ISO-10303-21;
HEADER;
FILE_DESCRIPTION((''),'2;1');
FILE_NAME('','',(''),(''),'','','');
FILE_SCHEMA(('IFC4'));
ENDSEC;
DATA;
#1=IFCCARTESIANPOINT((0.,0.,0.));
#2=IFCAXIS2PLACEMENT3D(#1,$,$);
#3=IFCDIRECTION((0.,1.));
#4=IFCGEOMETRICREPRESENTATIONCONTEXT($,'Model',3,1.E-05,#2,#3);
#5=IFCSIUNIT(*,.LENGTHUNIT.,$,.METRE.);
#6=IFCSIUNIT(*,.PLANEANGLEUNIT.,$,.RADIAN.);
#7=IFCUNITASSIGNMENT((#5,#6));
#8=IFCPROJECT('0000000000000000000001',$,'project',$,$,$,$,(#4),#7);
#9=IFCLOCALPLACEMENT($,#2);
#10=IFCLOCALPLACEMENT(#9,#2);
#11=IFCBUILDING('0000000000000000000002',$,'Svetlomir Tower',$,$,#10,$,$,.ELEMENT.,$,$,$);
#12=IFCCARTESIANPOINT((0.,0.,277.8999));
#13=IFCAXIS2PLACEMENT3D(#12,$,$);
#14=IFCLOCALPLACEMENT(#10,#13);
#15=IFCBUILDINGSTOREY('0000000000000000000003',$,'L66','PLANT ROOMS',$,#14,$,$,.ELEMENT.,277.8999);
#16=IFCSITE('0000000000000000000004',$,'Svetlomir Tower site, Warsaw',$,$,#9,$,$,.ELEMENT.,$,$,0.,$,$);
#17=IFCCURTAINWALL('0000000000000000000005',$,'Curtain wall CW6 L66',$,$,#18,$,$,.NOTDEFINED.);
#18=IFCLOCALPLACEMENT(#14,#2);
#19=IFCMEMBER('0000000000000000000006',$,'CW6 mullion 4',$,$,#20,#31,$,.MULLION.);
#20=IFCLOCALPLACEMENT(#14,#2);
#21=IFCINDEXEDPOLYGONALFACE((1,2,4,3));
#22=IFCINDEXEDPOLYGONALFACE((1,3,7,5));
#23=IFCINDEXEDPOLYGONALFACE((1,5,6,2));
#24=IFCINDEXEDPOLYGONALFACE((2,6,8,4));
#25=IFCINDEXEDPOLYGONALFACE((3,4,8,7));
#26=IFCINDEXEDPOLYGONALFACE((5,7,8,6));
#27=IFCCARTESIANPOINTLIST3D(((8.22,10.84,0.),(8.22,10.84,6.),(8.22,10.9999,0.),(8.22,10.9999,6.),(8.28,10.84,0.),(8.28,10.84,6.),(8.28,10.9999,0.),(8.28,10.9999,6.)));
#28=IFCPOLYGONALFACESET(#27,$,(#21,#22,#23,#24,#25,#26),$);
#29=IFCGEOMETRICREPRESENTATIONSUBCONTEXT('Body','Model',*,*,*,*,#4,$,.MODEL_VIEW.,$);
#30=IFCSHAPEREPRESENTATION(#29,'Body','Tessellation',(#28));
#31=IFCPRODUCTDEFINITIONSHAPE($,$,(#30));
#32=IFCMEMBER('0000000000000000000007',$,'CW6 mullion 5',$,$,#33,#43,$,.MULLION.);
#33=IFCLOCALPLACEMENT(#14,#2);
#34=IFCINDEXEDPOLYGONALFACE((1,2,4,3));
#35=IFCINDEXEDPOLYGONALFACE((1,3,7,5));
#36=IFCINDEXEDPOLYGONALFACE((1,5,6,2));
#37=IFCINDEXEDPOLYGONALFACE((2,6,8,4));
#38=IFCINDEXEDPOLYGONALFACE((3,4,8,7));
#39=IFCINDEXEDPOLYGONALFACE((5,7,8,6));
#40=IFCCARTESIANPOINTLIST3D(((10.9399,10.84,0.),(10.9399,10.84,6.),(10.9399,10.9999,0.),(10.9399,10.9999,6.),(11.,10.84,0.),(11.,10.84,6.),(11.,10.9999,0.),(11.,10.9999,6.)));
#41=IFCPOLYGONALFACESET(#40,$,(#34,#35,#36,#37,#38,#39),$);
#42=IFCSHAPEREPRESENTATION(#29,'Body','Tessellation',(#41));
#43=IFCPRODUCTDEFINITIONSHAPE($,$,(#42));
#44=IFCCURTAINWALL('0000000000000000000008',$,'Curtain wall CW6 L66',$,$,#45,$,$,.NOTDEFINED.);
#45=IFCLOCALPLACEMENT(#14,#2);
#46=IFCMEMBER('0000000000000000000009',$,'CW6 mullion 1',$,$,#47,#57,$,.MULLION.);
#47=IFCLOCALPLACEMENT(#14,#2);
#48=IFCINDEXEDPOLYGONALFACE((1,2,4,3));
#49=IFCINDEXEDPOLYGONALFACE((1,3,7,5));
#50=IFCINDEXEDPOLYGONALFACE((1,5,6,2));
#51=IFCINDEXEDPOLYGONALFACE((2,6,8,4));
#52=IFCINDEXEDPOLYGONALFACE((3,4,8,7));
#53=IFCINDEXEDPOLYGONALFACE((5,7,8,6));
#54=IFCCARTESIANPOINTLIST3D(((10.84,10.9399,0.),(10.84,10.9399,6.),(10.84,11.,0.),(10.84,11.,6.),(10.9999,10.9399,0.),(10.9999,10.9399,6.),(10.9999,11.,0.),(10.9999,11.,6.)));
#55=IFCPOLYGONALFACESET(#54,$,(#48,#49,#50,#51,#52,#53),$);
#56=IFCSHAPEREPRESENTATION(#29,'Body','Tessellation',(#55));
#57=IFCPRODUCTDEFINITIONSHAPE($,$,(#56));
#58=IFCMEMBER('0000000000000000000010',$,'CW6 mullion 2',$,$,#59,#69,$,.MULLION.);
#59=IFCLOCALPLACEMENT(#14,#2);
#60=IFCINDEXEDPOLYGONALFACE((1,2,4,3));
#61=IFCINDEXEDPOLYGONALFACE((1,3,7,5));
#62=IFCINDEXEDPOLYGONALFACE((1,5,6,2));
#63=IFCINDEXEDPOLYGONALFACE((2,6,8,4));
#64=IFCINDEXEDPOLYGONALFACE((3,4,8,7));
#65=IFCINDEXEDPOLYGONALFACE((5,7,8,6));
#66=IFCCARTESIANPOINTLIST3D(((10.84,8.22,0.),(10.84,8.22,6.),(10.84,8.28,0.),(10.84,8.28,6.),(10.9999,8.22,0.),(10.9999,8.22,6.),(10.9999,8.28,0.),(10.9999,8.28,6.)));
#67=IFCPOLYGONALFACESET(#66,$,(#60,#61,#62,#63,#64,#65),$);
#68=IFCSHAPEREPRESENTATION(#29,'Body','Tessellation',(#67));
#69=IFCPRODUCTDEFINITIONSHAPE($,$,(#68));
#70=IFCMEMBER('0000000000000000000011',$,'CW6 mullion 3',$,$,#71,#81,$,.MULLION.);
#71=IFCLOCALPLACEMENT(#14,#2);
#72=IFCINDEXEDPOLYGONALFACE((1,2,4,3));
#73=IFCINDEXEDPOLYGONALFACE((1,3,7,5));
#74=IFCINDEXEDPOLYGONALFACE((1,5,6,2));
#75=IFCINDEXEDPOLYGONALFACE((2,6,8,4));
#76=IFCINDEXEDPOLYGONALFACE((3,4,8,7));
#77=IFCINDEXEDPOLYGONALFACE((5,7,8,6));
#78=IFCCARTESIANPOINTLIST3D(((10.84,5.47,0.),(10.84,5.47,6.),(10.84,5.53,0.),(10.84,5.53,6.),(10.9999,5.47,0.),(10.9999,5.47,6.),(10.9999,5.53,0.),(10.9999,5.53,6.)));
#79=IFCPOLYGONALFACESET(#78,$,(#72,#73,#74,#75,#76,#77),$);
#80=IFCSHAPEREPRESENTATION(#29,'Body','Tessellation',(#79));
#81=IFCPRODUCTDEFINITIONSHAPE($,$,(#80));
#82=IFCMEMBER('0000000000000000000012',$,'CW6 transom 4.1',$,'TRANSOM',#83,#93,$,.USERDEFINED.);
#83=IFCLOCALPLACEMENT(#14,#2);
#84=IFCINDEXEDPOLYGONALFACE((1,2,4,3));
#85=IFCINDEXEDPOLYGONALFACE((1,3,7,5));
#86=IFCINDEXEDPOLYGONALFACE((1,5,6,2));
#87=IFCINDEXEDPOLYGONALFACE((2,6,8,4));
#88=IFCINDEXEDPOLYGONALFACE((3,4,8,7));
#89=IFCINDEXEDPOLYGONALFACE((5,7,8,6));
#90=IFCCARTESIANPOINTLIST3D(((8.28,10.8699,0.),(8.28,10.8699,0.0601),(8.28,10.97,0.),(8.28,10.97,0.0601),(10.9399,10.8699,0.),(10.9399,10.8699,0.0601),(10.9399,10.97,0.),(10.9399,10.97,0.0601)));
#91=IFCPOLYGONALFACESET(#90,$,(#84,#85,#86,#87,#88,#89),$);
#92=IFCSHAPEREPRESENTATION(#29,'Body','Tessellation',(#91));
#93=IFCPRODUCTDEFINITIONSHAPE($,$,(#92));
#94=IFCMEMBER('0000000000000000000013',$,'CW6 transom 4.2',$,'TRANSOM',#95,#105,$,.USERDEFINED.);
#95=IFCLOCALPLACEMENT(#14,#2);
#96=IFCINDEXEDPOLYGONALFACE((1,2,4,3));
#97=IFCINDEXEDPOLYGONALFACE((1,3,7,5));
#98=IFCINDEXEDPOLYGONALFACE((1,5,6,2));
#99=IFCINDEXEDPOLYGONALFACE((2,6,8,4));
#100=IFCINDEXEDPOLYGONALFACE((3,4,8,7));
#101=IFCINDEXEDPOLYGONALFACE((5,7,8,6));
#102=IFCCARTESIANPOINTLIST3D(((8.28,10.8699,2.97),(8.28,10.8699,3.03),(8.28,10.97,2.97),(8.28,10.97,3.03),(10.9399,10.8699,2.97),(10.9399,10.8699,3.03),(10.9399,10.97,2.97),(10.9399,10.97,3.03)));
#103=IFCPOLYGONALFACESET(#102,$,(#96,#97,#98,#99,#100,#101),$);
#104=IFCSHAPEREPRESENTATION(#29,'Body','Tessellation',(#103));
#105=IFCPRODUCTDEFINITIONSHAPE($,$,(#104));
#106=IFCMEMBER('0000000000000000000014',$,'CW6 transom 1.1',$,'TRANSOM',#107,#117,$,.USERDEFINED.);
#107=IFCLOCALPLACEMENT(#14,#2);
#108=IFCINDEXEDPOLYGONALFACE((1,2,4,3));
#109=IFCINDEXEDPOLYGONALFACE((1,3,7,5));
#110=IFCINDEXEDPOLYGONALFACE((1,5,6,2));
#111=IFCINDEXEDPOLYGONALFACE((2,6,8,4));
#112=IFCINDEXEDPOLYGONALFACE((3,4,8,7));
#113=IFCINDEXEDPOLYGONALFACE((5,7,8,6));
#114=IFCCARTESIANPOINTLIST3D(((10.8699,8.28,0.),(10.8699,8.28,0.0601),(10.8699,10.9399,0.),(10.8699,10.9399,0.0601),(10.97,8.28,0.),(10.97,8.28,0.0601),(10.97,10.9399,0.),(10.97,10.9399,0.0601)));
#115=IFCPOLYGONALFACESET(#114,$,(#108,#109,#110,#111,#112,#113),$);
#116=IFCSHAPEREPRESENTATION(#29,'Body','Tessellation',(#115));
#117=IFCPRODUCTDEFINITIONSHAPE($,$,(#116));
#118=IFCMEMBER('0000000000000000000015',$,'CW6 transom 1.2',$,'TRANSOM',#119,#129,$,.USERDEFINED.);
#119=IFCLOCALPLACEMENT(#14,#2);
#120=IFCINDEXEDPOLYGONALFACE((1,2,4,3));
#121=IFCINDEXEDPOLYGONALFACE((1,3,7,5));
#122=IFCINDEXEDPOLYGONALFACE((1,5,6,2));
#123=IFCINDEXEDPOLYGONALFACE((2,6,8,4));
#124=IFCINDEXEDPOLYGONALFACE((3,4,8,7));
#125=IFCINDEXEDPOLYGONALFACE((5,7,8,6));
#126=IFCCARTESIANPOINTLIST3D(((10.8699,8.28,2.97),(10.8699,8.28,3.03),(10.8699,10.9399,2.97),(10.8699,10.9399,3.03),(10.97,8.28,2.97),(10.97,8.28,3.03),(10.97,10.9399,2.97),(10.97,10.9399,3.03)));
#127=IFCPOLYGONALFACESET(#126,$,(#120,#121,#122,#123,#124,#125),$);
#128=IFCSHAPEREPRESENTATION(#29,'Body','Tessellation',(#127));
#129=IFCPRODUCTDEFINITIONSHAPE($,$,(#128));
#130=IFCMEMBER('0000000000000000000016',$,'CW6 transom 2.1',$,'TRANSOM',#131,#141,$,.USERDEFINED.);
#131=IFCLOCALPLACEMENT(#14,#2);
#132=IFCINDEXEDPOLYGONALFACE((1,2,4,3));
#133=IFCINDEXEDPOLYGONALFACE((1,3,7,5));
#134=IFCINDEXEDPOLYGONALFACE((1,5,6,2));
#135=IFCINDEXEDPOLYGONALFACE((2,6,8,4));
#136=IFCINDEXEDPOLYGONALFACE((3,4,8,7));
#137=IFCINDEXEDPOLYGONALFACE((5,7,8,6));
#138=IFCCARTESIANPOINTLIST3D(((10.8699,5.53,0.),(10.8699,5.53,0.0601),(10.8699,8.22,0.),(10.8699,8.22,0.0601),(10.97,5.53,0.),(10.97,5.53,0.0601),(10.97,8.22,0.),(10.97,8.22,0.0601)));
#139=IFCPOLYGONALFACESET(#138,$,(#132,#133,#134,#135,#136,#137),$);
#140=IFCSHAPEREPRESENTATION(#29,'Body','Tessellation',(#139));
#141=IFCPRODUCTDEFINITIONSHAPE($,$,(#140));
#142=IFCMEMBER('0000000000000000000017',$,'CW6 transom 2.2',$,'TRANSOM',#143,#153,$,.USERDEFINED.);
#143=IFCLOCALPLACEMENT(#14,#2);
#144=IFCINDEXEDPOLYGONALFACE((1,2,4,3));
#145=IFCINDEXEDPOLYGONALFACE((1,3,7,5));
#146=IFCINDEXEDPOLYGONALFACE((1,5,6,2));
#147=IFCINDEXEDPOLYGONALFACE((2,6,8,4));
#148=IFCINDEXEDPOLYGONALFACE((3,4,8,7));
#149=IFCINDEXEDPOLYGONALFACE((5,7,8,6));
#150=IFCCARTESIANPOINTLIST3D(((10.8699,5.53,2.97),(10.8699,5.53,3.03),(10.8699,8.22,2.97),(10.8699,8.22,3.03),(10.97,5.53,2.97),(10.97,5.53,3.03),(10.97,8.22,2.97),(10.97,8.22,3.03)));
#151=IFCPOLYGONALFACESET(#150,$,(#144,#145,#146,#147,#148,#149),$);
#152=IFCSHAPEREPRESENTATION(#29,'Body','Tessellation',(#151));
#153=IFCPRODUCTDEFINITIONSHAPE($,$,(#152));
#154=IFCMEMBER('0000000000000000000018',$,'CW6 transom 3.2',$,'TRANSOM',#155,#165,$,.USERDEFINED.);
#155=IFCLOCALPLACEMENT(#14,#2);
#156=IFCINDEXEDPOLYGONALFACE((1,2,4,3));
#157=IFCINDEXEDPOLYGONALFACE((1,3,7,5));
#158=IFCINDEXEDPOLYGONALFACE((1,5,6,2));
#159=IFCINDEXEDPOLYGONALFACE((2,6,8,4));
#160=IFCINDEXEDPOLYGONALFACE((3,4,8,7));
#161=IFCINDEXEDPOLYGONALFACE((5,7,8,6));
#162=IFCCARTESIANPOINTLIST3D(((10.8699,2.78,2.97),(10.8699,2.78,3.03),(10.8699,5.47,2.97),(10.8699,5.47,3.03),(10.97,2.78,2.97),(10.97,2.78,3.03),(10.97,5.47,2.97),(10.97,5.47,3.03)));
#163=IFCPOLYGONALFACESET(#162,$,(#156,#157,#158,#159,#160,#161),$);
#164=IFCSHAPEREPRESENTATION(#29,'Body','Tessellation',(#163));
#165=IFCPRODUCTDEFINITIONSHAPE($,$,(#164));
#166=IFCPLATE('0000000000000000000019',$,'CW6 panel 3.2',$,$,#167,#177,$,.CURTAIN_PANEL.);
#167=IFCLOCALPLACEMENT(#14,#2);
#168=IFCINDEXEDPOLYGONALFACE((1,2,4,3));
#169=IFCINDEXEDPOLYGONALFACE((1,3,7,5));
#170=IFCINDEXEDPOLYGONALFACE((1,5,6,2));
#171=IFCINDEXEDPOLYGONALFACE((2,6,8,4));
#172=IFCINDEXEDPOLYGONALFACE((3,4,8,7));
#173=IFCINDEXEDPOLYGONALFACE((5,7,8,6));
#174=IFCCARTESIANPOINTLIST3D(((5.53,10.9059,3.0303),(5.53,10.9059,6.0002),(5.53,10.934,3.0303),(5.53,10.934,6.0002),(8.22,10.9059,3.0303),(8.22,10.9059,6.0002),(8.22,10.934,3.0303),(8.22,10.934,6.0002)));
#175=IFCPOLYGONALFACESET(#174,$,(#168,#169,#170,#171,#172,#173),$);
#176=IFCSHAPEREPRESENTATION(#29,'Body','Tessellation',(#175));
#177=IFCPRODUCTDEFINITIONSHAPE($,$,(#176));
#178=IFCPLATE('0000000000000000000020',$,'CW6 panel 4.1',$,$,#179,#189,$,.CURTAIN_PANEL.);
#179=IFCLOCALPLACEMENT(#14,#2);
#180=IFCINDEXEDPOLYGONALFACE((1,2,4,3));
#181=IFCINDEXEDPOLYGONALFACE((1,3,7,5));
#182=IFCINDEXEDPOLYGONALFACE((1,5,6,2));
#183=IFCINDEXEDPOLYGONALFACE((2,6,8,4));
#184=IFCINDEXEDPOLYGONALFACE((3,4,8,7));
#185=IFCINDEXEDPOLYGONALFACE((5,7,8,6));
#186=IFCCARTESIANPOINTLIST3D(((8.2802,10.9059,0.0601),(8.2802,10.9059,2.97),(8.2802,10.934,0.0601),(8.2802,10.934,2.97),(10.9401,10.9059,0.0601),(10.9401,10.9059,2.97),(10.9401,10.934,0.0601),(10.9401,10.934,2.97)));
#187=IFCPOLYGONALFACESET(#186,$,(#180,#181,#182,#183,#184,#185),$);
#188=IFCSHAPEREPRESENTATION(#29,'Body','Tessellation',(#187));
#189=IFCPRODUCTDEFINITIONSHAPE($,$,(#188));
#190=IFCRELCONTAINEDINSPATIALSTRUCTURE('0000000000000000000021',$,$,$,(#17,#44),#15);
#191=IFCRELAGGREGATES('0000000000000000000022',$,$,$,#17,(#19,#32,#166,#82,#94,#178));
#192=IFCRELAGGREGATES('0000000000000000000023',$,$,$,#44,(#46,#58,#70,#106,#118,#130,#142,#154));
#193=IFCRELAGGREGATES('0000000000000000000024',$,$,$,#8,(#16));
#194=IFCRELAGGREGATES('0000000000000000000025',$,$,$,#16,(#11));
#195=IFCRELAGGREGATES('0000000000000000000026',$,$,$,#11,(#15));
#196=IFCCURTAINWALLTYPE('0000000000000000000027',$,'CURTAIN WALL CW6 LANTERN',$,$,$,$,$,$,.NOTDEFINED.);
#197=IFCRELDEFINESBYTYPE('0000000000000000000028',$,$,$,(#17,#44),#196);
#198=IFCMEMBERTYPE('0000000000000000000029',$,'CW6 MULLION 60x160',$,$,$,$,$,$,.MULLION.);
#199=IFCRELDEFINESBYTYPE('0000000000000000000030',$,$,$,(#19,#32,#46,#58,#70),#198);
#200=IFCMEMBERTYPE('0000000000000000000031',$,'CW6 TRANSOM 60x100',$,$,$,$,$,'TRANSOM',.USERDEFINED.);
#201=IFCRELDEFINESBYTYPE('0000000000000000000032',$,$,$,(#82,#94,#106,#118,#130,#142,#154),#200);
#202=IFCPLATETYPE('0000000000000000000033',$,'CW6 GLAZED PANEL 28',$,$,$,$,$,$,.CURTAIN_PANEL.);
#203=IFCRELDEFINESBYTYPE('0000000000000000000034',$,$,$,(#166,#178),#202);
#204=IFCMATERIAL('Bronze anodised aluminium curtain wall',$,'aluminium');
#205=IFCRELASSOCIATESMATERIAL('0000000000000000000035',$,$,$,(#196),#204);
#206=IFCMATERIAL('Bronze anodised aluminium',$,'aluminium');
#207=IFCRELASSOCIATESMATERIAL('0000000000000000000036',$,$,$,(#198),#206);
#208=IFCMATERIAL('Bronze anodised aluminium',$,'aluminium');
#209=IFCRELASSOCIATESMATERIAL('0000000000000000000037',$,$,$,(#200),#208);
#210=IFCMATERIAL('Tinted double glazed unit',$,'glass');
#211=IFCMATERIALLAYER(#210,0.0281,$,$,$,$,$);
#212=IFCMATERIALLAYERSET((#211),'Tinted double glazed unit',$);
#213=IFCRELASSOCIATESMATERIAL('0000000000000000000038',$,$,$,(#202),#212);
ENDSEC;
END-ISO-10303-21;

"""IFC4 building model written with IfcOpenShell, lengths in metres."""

from ifc_helpers import new_model, si_unit, direction, frame, origin, origin_2d, place, context, subcontext, project, spatial, rectangle, extrude, material, layer, layer_set, material_profile, profile_set, type_object, element, aggregate, save


model = new_model("IFC4")

# Units and contexts
model_context = context("Model", 3, precision=1e-05, world=origin(), true_north=direction((0.0, 1.0)))
body_context = subcontext(model_context, "Body", "Model", "MODEL_VIEW")
ifc_project = project(units=[si_unit("LENGTHUNIT", "METRE"), si_unit("PLANEANGLEUNIT", "RADIAN")], contexts=[model_context])

# Site, building, storey
site_placement = place(None, origin())
site = spatial("IfcSite", under=ifc_project, at=site_placement, Name="Svetlomir Tower site, Warsaw", CompositionType="ELEMENT", RefElevation=0.0)
building_placement = place(site_placement, origin())
building = spatial("IfcBuilding", under=site, at=building_placement, Name="Svetlomir Tower", CompositionType="ELEMENT")
storey_placement = place(building_placement, frame((0.0, 0.0, 277.8999)))
storey = spatial("IfcBuildingStorey", under=building, at=storey_placement, Name="L66", Description="PLANT ROOMS", CompositionType="ELEMENT", Elevation=277.8999)

# Curtain walls, members
ifc_material_1 = material(Name="Bronze anodised aluminium curtain wall", Category="aluminium")
curtain_wall_type = type_object("IfcCurtainWallType", Name="CURTAIN WALL CW6 LANTERN", PredefinedType="NOTDEFINED", material=ifc_material_1)
curtain_wall_1_placement = place(storey_placement, origin())
curtain_wall_1 = element("IfcCurtainWall", 1, at=curtain_wall_1_placement, inside=storey, type_object=curtain_wall_type, Name="Curtain wall CW6 L66", PredefinedType="NOTDEFINED")
ifc_material_2 = material(Name="Bronze anodised aluminium", Category="aluminium")
ifc_material_profile_1 = material_profile(ifc_material_2, rectangle(XDim=0.0601, YDim=0.1599, at=origin_2d()), Name="AL 60x160")
ifc_profile_set_1 = profile_set([ifc_material_profile_1], Name="Bronze anodised aluminium 6063-T6")
member_type_1 = type_object("IfcMemberType", Name="CW6 MULLION 60x160", PredefinedType="MULLION", material=ifc_profile_set_1)
member_1_placement = place(storey_placement, frame((8.25, 10.9199, 0.0), z_axis=(0.0, 0.0, 1.0), x_axis=(1.0, 0.0, 0.0)))
member_1 = element("IfcMember", 2, at=member_1_placement, type_object=member_type_1, Name="CW6 mullion 4", PredefinedType="MULLION", context=body_context, shape_type="SweptSolid", body=[
    extrude(rectangle(XDim=0.0601, YDim=0.1599, at=origin_2d()), origin(), (0.0, 0.0, 1.0), 6.0),
])
member_2_placement = place(storey_placement, frame((10.97, 10.9199, 0.0), z_axis=(0.0, 0.0, 1.0), x_axis=(1.0, 0.0, 0.0)))
member_2 = element("IfcMember", 3, at=member_2_placement, type_object=member_type_1, Name="CW6 mullion 5", PredefinedType="MULLION", context=body_context, shape_type="SweptSolid", body=[
    extrude(rectangle(XDim=0.0601, YDim=0.1599, at=origin_2d()), origin(), (0.0, 0.0, 1.0), 6.0),
])
curtain_wall_2_placement = place(storey_placement, origin())
curtain_wall_2 = element("IfcCurtainWall", 4, at=curtain_wall_2_placement, inside=storey, type_object=curtain_wall_type, Name="Curtain wall CW6 L66", PredefinedType="NOTDEFINED")
member_3_placement = place(storey_placement, frame((10.9199, 10.97, 0.0), z_axis=(0.0, 0.0, 1.0), x_axis=(0.0, -1.0, 0.0)))
member_3 = element("IfcMember", 5, at=member_3_placement, type_object=member_type_1, Name="CW6 mullion 1", PredefinedType="MULLION", context=body_context, shape_type="SweptSolid", body=[
    extrude(rectangle(XDim=0.0601, YDim=0.1599, at=origin_2d()), origin(), (0.0, 0.0, 1.0), 6.0),
])
member_4_placement = place(storey_placement, frame((10.9199, 8.25, 0.0), z_axis=(0.0, 0.0, 1.0), x_axis=(0.0, -1.0, 0.0)))
member_4 = element("IfcMember", 6, at=member_4_placement, type_object=member_type_1, Name="CW6 mullion 2", PredefinedType="MULLION", context=body_context, shape_type="SweptSolid", body=[
    extrude(rectangle(XDim=0.0601, YDim=0.1599, at=origin_2d()), origin(), (0.0, 0.0, 1.0), 6.0),
])
member_5_placement = place(storey_placement, frame((10.9199, 5.5, 0.0), z_axis=(0.0, 0.0, 1.0), x_axis=(0.0, -1.0, 0.0)))
member_5 = element("IfcMember", 7, at=member_5_placement, type_object=member_type_1, Name="CW6 mullion 3", PredefinedType="MULLION", context=body_context, shape_type="SweptSolid", body=[
    extrude(rectangle(XDim=0.0601, YDim=0.1599, at=origin_2d()), origin(), (0.0, 0.0, 1.0), 6.0),
])

# Members
ifc_material_3 = material(Name="Bronze anodised aluminium", Category="aluminium")
ifc_material_profile_2 = material_profile(ifc_material_3, rectangle(XDim=0.1001, YDim=0.0601, at=origin_2d()), Name="AL 100x60")
ifc_profile_set_2 = profile_set([ifc_material_profile_2], Name="Bronze anodised aluminium 6063-T6")
member_type_2 = type_object("IfcMemberType", Name="CW6 TRANSOM 60x100", ElementType="TRANSOM", PredefinedType="USERDEFINED", material=ifc_profile_set_2)
member_6_placement = place(storey_placement, frame((8.28, 10.9199, 0.03), z_axis=(1.0, 0.0, 0.0), x_axis=(0.0, 1.0, 0.0)))
member_6 = element("IfcMember", 8, at=member_6_placement, type_object=member_type_2, Name="CW6 transom 4.1", ObjectType="TRANSOM", PredefinedType="USERDEFINED", context=body_context, shape_type="SweptSolid", body=[
    extrude(rectangle(XDim=0.1001, YDim=0.0601, at=origin_2d()), origin(), (0.0, 0.0, 1.0), 2.6599),
])
member_7_placement = place(storey_placement, frame((8.28, 10.9199, 3.0), z_axis=(1.0, 0.0, 0.0), x_axis=(0.0, 1.0, 0.0)))
member_7 = element("IfcMember", 9, at=member_7_placement, type_object=member_type_2, Name="CW6 transom 4.2", ObjectType="TRANSOM", PredefinedType="USERDEFINED", context=body_context, shape_type="SweptSolid", body=[
    extrude(rectangle(XDim=0.1001, YDim=0.0601, at=origin_2d()), origin(), (0.0, 0.0, 1.0), 2.6599),
])
member_8_placement = place(storey_placement, frame((10.9199, 10.9399, 0.03), z_axis=(0.0, -1.0, 0.0), x_axis=(1.0, 0.0, 0.0)))
member_8 = element("IfcMember", 10, at=member_8_placement, type_object=member_type_2, Name="CW6 transom 1.1", ObjectType="TRANSOM", PredefinedType="USERDEFINED", context=body_context, shape_type="SweptSolid", body=[
    extrude(rectangle(XDim=0.1001, YDim=0.0601, at=origin_2d()), origin(), (0.0, 0.0, 1.0), 2.6599),
])
member_9_placement = place(storey_placement, frame((10.9199, 10.9399, 3.0), z_axis=(0.0, -1.0, 0.0), x_axis=(1.0, 0.0, 0.0)))
member_9 = element("IfcMember", 11, at=member_9_placement, type_object=member_type_2, Name="CW6 transom 1.2", ObjectType="TRANSOM", PredefinedType="USERDEFINED", context=body_context, shape_type="SweptSolid", body=[
    extrude(rectangle(XDim=0.1001, YDim=0.0601, at=origin_2d()), origin(), (0.0, 0.0, 1.0), 2.6599),
])
member_10_placement = place(storey_placement, frame((10.9199, 8.22, 0.03), z_axis=(0.0, -1.0, 0.0), x_axis=(1.0, 0.0, 0.0)))
member_10 = element("IfcMember", 12, at=member_10_placement, type_object=member_type_2, Name="CW6 transom 2.1", ObjectType="TRANSOM", PredefinedType="USERDEFINED", context=body_context, shape_type="SweptSolid", body=[
    extrude(rectangle(XDim=0.1001, YDim=0.0601, at=origin_2d()), origin(), (0.0, 0.0, 1.0), 2.6899),
])
member_11_placement = place(storey_placement, frame((10.9199, 8.22, 3.0), z_axis=(0.0, -1.0, 0.0), x_axis=(1.0, 0.0, 0.0)))
member_11 = element("IfcMember", 13, at=member_11_placement, type_object=member_type_2, Name="CW6 transom 2.2", ObjectType="TRANSOM", PredefinedType="USERDEFINED", context=body_context, shape_type="SweptSolid", body=[
    extrude(rectangle(XDim=0.1001, YDim=0.0601, at=origin_2d()), origin(), (0.0, 0.0, 1.0), 2.6899),
])
member_12_placement = place(storey_placement, frame((10.9199, 5.47, 3.0), z_axis=(0.0, -1.0, 0.0), x_axis=(1.0, 0.0, 0.0)))
member_12 = element("IfcMember", 14, at=member_12_placement, type_object=member_type_2, Name="CW6 transom 3.2", ObjectType="TRANSOM", PredefinedType="USERDEFINED", context=body_context, shape_type="SweptSolid", body=[
    extrude(rectangle(XDim=0.1001, YDim=0.0601, at=origin_2d()), origin(), (0.0, 0.0, 1.0), 2.6899),
])

# Plates
ifc_material_4 = material(Name="Tinted double glazed unit", Category="glass")
ifc_layer_1 = layer(ifc_material_4, 0.0281)
ifc_layer_set_1 = layer_set([ifc_layer_1], Name="Tinted double glazed unit")
plate_type = type_object("IfcPlateType", Name="CW6 GLAZED PANEL 28", PredefinedType="CURTAIN_PANEL", material=ifc_layer_set_1)
plate_1_placement = place(storey_placement, frame((6.875, 10.9199, 3.0303), z_axis=(0.0, 0.0, 1.0), x_axis=(1.0, 0.0, 0.0)))
plate_1 = element("IfcPlate", 15, at=plate_1_placement, type_object=plate_type, Name="CW6 panel 3.2", PredefinedType="CURTAIN_PANEL", context=body_context, shape_type="SweptSolid", body=[
    extrude(rectangle(XDim=2.6899, YDim=0.0281, at=origin_2d()), origin(), (0.0, 0.0, 1.0), 2.97),
])
plate_2_placement = place(storey_placement, frame((9.6101, 10.9199, 0.0601), z_axis=(0.0, 0.0, 1.0), x_axis=(1.0, 0.0, 0.0)))
plate_2 = element("IfcPlate", 16, at=plate_2_placement, type_object=plate_type, Name="CW6 panel 4.1", PredefinedType="CURTAIN_PANEL", context=body_context, shape_type="SweptSolid", body=[
    extrude(rectangle(XDim=2.6599, YDim=0.0281, at=origin_2d()), origin(), (0.0, 0.0, 1.0), 2.9099),
])
aggregate(curtain_wall_1, [member_1, member_2, plate_1, member_6, member_7, plate_2])
aggregate(curtain_wall_2, [member_3, member_4, member_5, member_8, member_9, member_10, member_11, member_12])

save(model, "model.ifc")
